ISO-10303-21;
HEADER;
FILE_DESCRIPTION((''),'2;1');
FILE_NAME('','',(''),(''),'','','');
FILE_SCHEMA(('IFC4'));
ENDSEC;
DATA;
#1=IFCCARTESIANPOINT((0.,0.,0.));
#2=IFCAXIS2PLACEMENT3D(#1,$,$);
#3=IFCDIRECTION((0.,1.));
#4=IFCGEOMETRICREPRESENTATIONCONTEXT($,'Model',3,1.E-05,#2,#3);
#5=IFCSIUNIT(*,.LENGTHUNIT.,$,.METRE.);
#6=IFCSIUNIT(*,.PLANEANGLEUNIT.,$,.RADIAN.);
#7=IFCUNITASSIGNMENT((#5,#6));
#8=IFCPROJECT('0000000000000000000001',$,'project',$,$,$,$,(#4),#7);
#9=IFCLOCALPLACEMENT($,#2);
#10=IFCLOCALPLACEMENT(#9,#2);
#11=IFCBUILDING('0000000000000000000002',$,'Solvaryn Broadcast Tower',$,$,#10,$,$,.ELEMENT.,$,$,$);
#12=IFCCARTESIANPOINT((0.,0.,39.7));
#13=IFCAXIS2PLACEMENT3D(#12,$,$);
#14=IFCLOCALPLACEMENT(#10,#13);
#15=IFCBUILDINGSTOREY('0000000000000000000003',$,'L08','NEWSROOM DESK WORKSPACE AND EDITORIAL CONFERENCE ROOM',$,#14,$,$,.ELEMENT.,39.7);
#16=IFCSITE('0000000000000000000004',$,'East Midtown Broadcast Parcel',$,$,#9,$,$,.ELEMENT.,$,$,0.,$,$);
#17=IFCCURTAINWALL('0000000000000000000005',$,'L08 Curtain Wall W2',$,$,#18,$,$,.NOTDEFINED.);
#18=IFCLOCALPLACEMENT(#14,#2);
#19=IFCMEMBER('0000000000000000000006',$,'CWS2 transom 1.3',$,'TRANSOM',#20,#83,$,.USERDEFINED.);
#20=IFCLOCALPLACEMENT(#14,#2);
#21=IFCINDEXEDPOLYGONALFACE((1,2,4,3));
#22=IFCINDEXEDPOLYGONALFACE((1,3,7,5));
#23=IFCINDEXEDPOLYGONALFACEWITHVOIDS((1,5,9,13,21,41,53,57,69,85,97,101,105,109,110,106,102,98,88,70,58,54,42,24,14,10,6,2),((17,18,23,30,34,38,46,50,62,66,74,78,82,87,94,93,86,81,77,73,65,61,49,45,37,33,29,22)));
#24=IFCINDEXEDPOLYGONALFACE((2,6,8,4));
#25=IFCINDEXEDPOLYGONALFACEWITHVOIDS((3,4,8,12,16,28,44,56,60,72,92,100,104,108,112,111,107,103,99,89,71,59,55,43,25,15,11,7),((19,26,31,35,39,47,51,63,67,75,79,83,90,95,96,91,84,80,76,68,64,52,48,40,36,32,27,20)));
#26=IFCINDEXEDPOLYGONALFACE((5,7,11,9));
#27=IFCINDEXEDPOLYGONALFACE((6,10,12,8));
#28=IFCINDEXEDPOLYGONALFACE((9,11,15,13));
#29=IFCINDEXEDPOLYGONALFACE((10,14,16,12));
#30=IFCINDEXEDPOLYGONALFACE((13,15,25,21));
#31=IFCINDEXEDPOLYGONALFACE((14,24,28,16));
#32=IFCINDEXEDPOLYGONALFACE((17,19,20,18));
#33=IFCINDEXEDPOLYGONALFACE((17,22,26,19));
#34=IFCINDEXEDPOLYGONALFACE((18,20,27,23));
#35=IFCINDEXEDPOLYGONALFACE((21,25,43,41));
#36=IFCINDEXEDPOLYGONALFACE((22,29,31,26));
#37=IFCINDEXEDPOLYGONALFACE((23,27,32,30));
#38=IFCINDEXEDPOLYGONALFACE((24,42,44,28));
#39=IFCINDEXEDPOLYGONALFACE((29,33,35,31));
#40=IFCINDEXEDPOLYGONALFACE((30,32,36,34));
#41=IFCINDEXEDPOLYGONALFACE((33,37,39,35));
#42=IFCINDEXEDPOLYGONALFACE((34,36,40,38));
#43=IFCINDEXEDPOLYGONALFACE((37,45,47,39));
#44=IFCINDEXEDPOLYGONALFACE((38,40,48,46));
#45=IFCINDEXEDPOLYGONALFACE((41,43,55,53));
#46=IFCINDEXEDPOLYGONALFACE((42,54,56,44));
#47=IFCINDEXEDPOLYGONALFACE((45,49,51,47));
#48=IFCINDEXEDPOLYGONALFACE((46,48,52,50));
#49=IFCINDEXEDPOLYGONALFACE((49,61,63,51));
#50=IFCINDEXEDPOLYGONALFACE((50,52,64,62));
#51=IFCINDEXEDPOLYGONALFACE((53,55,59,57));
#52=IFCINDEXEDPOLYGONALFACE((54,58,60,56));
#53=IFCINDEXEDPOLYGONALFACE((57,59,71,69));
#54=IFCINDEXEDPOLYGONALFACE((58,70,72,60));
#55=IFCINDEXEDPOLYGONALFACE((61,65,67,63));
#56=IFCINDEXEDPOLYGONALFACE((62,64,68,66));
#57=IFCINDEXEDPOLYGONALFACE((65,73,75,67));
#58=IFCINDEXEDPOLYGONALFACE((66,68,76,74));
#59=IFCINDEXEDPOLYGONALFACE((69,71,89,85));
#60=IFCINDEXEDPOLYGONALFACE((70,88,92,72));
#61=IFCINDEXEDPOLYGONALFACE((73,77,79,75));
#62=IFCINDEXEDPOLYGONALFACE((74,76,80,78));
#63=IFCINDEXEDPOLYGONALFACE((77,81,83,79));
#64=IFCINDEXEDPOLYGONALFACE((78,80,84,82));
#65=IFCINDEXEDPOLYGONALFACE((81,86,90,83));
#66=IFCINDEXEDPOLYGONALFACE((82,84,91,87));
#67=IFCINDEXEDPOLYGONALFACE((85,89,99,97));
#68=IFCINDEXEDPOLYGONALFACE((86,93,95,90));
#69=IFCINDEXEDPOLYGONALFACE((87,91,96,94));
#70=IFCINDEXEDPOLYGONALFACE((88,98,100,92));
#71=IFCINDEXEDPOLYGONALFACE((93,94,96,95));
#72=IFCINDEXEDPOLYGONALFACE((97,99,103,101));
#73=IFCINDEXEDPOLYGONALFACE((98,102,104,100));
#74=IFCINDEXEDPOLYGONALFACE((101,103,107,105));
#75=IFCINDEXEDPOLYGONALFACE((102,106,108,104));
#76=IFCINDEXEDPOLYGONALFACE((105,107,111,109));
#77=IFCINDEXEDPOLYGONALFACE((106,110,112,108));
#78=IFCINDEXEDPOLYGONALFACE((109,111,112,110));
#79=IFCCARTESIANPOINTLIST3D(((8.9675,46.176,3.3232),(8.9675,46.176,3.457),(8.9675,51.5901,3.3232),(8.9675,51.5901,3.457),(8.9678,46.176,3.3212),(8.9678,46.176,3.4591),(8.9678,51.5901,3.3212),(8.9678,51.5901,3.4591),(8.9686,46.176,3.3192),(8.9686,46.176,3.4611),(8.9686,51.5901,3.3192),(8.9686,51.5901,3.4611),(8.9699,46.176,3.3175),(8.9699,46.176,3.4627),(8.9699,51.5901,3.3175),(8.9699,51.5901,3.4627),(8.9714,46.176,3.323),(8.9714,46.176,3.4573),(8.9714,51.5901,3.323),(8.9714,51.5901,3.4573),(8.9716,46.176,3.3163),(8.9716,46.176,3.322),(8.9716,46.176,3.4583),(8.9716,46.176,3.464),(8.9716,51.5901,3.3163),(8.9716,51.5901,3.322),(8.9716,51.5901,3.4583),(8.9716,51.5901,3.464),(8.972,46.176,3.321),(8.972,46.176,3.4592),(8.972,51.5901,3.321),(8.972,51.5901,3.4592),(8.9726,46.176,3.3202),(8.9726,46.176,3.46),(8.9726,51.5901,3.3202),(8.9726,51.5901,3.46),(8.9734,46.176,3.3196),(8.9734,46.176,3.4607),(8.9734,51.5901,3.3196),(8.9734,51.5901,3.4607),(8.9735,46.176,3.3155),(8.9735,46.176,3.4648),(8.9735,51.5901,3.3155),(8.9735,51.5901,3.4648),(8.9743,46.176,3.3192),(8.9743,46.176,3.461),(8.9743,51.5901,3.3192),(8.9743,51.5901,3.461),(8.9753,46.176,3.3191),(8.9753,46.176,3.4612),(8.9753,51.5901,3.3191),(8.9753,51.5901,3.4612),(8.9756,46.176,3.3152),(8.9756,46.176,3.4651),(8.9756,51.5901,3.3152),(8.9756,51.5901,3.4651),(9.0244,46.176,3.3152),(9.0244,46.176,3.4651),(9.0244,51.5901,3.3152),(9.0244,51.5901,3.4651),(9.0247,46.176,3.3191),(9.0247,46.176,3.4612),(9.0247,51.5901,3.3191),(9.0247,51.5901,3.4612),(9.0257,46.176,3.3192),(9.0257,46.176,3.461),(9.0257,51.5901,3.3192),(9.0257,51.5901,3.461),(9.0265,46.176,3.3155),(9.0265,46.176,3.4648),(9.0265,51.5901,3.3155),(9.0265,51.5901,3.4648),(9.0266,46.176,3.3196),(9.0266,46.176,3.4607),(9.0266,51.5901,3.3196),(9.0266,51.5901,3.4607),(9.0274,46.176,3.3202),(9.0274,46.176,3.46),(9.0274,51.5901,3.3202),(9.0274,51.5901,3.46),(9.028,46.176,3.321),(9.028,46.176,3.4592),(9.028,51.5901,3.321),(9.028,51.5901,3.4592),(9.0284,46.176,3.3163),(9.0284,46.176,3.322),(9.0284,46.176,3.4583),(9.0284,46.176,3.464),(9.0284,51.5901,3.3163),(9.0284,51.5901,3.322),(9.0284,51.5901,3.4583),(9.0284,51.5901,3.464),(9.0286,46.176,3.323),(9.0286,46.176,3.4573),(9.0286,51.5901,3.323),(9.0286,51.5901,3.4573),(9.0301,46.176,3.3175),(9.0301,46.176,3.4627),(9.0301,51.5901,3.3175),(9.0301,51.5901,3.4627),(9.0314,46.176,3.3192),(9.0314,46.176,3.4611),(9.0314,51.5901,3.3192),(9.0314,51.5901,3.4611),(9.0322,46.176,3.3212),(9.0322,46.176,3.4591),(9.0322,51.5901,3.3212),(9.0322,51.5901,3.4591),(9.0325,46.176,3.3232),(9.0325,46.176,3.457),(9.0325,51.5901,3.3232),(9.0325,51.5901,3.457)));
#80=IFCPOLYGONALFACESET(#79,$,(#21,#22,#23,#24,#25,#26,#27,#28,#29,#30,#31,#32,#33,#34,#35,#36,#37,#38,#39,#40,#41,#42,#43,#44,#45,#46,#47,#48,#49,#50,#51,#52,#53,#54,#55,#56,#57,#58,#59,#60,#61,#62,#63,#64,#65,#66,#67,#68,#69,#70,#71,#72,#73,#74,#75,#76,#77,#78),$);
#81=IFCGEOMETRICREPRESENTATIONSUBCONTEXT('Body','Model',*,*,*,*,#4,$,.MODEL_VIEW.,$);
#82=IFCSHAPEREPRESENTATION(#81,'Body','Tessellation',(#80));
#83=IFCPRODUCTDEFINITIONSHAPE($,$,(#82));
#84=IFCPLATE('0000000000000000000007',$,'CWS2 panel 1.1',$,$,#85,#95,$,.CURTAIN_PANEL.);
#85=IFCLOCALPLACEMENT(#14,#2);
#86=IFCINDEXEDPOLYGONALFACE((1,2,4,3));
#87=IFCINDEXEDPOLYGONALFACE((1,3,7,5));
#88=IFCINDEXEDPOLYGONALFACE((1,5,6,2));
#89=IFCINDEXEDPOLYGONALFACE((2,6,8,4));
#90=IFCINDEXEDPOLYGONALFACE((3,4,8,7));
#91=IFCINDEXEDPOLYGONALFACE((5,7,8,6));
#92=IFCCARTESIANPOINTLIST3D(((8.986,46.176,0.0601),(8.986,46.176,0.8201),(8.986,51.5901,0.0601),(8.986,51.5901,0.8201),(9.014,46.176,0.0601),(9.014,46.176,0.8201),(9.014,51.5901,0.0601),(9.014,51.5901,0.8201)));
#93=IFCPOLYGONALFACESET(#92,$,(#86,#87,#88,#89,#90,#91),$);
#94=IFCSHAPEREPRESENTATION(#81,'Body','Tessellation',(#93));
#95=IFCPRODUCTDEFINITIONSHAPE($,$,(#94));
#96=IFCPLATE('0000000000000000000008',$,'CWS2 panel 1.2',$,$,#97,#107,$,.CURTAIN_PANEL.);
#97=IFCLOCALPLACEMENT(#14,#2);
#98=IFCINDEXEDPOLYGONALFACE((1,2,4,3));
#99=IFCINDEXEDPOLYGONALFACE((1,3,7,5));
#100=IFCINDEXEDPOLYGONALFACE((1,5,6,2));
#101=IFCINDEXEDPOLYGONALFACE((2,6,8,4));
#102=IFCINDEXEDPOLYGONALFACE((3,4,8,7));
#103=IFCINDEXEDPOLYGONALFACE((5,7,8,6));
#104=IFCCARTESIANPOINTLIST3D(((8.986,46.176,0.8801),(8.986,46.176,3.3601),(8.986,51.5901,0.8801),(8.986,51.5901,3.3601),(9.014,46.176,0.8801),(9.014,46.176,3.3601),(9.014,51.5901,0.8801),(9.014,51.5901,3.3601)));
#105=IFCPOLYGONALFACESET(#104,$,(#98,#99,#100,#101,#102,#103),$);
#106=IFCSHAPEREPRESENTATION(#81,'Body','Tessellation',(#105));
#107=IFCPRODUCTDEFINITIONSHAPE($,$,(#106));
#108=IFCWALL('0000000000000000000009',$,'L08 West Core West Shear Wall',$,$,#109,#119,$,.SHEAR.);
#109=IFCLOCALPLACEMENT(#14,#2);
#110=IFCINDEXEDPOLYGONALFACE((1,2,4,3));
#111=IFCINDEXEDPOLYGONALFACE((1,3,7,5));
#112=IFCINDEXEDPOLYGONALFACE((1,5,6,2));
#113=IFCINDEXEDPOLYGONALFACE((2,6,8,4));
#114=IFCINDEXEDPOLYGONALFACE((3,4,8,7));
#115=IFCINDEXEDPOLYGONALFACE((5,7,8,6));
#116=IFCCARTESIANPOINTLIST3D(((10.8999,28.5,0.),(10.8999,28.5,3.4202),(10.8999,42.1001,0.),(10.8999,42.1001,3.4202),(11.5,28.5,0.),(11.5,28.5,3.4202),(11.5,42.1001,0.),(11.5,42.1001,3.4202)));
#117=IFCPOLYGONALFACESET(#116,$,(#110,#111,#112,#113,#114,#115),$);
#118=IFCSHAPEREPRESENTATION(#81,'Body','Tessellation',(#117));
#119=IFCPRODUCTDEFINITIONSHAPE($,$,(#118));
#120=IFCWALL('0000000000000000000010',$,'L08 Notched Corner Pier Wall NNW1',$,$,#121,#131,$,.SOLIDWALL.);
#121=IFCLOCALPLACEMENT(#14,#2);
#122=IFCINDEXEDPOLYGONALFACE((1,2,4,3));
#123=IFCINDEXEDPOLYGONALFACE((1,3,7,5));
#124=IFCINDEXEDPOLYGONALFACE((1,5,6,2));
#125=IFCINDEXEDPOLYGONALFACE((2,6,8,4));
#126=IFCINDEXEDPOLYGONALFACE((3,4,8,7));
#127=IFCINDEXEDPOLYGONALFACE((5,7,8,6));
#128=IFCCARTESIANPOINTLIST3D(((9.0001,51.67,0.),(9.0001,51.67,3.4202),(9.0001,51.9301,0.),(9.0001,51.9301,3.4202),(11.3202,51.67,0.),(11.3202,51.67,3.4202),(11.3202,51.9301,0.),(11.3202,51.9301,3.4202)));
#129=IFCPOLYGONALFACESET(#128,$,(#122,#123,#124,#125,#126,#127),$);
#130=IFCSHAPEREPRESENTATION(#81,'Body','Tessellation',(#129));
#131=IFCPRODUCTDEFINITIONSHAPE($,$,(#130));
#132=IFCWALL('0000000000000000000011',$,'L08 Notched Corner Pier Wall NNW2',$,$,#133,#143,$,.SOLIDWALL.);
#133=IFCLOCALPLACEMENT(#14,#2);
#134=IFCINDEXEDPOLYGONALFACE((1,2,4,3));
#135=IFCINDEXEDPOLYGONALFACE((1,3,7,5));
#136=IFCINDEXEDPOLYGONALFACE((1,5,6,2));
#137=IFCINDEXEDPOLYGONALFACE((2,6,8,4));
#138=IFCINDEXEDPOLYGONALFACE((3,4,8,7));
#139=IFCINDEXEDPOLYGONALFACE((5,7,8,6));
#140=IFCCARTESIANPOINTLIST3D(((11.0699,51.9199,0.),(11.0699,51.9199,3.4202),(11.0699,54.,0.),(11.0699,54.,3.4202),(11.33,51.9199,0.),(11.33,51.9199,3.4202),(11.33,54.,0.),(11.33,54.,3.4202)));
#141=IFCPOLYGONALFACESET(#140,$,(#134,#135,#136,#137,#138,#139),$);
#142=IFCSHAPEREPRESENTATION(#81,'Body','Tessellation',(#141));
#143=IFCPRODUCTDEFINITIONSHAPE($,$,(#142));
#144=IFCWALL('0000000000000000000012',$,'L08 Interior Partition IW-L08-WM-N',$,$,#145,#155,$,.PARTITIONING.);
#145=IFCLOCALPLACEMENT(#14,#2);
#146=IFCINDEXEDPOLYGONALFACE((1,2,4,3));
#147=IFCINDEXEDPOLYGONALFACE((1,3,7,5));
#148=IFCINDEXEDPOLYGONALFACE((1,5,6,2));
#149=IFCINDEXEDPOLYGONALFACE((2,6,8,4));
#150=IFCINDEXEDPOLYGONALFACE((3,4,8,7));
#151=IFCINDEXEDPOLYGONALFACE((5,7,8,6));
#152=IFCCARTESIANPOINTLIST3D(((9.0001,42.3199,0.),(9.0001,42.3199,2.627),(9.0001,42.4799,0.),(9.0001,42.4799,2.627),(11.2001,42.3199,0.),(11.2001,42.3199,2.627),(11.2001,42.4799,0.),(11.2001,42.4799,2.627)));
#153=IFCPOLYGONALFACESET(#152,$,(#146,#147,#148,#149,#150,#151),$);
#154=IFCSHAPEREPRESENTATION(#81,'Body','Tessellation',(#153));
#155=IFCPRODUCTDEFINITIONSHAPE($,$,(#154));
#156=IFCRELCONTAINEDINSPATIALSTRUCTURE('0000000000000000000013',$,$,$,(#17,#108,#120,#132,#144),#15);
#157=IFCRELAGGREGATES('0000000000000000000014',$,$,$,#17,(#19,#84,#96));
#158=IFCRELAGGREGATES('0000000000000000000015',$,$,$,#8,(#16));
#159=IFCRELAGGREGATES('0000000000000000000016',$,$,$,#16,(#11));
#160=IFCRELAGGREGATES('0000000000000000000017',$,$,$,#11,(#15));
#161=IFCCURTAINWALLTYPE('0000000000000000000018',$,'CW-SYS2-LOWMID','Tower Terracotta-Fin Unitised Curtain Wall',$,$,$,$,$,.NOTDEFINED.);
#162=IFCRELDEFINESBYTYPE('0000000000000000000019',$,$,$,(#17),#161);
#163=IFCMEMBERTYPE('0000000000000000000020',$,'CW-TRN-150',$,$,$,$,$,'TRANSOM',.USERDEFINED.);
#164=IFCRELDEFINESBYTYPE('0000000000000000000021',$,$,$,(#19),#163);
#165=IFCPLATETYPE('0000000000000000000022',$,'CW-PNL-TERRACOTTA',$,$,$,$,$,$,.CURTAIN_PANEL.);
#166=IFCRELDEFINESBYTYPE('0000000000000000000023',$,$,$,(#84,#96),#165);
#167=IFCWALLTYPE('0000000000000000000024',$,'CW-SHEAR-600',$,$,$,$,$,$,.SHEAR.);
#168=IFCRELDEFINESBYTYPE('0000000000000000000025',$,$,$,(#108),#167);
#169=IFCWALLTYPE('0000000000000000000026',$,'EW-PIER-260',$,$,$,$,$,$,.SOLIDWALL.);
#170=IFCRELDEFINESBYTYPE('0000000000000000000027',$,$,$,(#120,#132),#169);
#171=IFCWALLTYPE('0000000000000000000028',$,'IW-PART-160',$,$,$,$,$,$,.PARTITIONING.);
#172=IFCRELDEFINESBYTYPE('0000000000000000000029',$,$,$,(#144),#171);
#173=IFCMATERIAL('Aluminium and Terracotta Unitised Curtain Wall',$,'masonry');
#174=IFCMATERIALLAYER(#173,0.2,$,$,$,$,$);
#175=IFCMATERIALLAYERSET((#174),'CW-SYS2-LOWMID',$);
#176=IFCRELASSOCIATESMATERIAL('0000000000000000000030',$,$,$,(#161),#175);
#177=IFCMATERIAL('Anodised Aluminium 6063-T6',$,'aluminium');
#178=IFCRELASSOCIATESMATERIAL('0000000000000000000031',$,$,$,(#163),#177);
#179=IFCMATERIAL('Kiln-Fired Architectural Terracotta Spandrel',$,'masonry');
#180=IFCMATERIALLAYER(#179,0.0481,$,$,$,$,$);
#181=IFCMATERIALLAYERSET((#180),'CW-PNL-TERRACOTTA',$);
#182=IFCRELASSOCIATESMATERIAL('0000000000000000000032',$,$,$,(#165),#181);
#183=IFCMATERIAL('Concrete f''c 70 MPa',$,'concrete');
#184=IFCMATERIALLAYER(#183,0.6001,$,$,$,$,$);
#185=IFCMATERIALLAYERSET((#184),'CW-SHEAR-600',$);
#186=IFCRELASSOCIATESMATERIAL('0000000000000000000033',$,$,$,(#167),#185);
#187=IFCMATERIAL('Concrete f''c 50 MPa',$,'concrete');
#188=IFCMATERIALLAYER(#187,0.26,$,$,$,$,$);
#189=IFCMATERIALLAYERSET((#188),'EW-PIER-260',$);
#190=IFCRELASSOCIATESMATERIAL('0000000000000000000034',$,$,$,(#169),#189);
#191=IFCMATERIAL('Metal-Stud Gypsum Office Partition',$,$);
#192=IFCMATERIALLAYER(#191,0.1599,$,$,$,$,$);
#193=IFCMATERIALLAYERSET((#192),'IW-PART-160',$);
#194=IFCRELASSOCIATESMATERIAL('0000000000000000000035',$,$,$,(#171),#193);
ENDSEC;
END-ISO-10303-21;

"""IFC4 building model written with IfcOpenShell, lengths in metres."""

from ifc_helpers import new_model, si_unit, direction, frame, frame_2d, origin, origin_2d, place, context, subcontext, project, spatial, rectangle, hollow_rectangle, extrude, material, layer, layer_set, material_profile, profile_set, type_object, element, aggregate, save


model = new_model("IFC4")

# Units and contexts
model_context = context("Model", 3, precision=1e-05, world=origin(), true_north=direction((0.0, 1.0)))
body_context = subcontext(model_context, "Body", "Model", "MODEL_VIEW")
ifc_project = project(units=[si_unit("LENGTHUNIT", "METRE"), si_unit("PLANEANGLEUNIT", "RADIAN")], contexts=[model_context])

# Site, building, storey
site_placement = place(None, origin())
site = spatial("IfcSite", under=ifc_project, at=site_placement, Name="East Midtown Broadcast Parcel", CompositionType="ELEMENT", RefElevation=0.0)
building_placement = place(site_placement, origin())
building = spatial("IfcBuilding", under=site, at=building_placement, Name="Solvaryn Broadcast Tower", CompositionType="ELEMENT")
storey_placement = place(building_placement, frame((0.0, 0.0, 39.7)))
storey = spatial("IfcBuildingStorey", under=building, at=storey_placement, Name="L08", Description="NEWSROOM DESK WORKSPACE AND EDITORIAL CONFERENCE ROOM", CompositionType="ELEMENT", Elevation=39.7)

# Shared definitions
ifc_material_1 = material(Name="Aluminium and Terracotta Unitised Curtain Wall", Category="masonry")
ifc_layer_1 = layer(ifc_material_1, 0.2)
ifc_layer_set_1 = layer_set([ifc_layer_1], Name="CW-SYS2-LOWMID")
curtain_wall_type = type_object("IfcCurtainWallType", Name="CW-SYS2-LOWMID", Description="Tower Terracotta-Fin Unitised Curtain Wall", PredefinedType="NOTDEFINED", material=ifc_layer_set_1)

# Curtain wall
curtain_wall_1_placement = place(storey_placement, origin())
curtain_wall_1 = element("IfcCurtainWall", 1, at=curtain_wall_1_placement, inside=storey, type_object=curtain_wall_type, Name="L08 Curtain Wall W2", PredefinedType="NOTDEFINED")

# Member
ifc_material_2 = material(Name="Anodised Aluminium 6063-T6", Category="aluminium")
ifc_material_profile_1 = material_profile(ifc_material_2, hollow_rectangle(XDim=0.0649, YDim=0.1499, WallThickness=0.0039, InnerFilletRadius=0.0039, OuterFilletRadius=0.0081, at=origin_2d()))
ifc_profile_set_1 = profile_set([ifc_material_profile_1], Name="Anodised Aluminium 6063-T6")
member_type_1 = type_object("IfcMemberType", Name="CW-TRN-150", ElementType="TRANSOM", PredefinedType="USERDEFINED", material=ifc_profile_set_1)
member_1_placement = place(storey_placement, frame((9.0, 46.176, 3.3901), z_axis=(0.0, 1.0, 0.0), x_axis=(-1.0, 0.0, 0.0)))
member_1 = element("IfcMember", 2, at=member_1_placement, type_object=member_type_1, Name="CWS2 transom 1.3", ObjectType="TRANSOM", PredefinedType="USERDEFINED", context=body_context, shape_type="SweptSolid", body=[
    extrude(hollow_rectangle(XDim=0.0649, YDim=0.1499, WallThickness=0.0039, InnerFilletRadius=0.0039, OuterFilletRadius=0.0081, at=origin_2d()), origin(), (0.0, 0.0, 1.0), 5.4141),
])

# Plates
ifc_material_3 = material(Name="Kiln-Fired Architectural Terracotta Spandrel", Category="masonry")
ifc_layer_2 = layer(ifc_material_3, 0.0481)
ifc_layer_set_2 = layer_set([ifc_layer_2], Name="CW-PNL-TERRACOTTA")
plate_type = type_object("IfcPlateType", Name="CW-PNL-TERRACOTTA", PredefinedType="CURTAIN_PANEL", material=ifc_layer_set_2)
plate_1_placement = place(storey_placement, frame((9.0, 48.8831, 0.0601), z_axis=(0.0, 0.0, 1.0), x_axis=(0.0, 1.0, 0.0)))
plate_1 = element("IfcPlate", 3, at=plate_1_placement, type_object=plate_type, Name="CWS2 panel 1.1", PredefinedType="CURTAIN_PANEL", context=body_context, shape_type="SweptSolid", body=[
    extrude(rectangle(XDim=5.4141, YDim=0.0281, at=origin_2d()), origin(), (0.0, 0.0, 1.0), 0.76),
])
plate_2_placement = place(storey_placement, frame((9.0, 48.8831, 0.8801), z_axis=(0.0, 0.0, 1.0), x_axis=(0.0, 1.0, 0.0)))
plate_2 = element("IfcPlate", 4, at=plate_2_placement, type_object=plate_type, Name="CWS2 panel 1.2", PredefinedType="CURTAIN_PANEL", context=body_context, shape_type="SweptSolid", body=[
    extrude(rectangle(XDim=5.4141, YDim=0.0281, at=origin_2d()), origin(), (0.0, 0.0, 1.0), 2.48),
])
aggregate(curtain_wall_1, [member_1, plate_1, plate_2])

# Walls
ifc_material_4 = material(Name="Concrete f'c 70 MPa", Category="concrete")
ifc_layer_3 = layer(ifc_material_4, 0.6001)
ifc_layer_set_3 = layer_set([ifc_layer_3], Name="CW-SHEAR-600")
wall_type_1 = type_object("IfcWallType", Name="CW-SHEAR-600", PredefinedType="SHEAR", material=ifc_layer_set_3)
wall_1_placement = place(storey_placement, frame((11.2, 42.1001, 0.0), z_axis=(0.0, 0.0, 1.0), x_axis=(0.0, -1.0, 0.0)))
element("IfcWall", 5, at=wall_1_placement, inside=storey, type_object=wall_type_1, Name="L08 West Core West Shear Wall", PredefinedType="SHEAR", context=body_context, shape_type="SweptSolid", body=[
    extrude(rectangle(XDim=13.6001, YDim=0.6001, at=frame_2d((6.8, 0.0))), origin(), (0.0, 0.0, 1.0), 3.4202),
])
ifc_material_5 = material(Name="Concrete f'c 50 MPa", Category="concrete")
ifc_layer_4 = layer(ifc_material_5, 0.26)
ifc_layer_set_4 = layer_set([ifc_layer_4], Name="EW-PIER-260")
wall_type_2 = type_object("IfcWallType", Name="EW-PIER-260", PredefinedType="SOLIDWALL", material=ifc_layer_set_4)
wall_2_placement = place(storey_placement, frame((9.0, 51.8, 0.0), z_axis=(0.0, 0.0, 1.0), x_axis=(1.0, 0.0, 0.0)))
element("IfcWall", 6, at=wall_2_placement, inside=storey, type_object=wall_type_2, Name="L08 Notched Corner Pier Wall NNW1", PredefinedType="SOLIDWALL", context=body_context, shape_type="SweptSolid", body=[
    extrude(rectangle(XDim=2.3201, YDim=0.26, at=frame_2d((1.1602, 0.0))), origin(), (0.0, 0.0, 1.0), 3.4202),
])
wall_3_placement = place(storey_placement, frame((11.2, 51.9199, 0.0), z_axis=(0.0, 0.0, 1.0), x_axis=(0.0, 1.0, 0.0)))
element("IfcWall", 7, at=wall_3_placement, inside=storey, type_object=wall_type_2, Name="L08 Notched Corner Pier Wall NNW2", PredefinedType="SOLIDWALL", context=body_context, shape_type="SweptSolid", body=[
    extrude(rectangle(XDim=2.0801, YDim=0.26, at=frame_2d((1.04, 0.0))), origin(), (0.0, 0.0, 1.0), 3.4202),
])
ifc_material_6 = material(Name="Metal-Stud Gypsum Office Partition")
ifc_layer_5 = layer(ifc_material_6, 0.1599)
ifc_layer_set_5 = layer_set([ifc_layer_5], Name="IW-PART-160")
wall_type_3 = type_object("IfcWallType", Name="IW-PART-160", PredefinedType="PARTITIONING", material=ifc_layer_set_5)
wall_4_placement = place(storey_placement, frame((9.0, 42.3999, 0.0), z_axis=(0.0, 0.0, 1.0), x_axis=(1.0, 0.0, 0.0)))
element("IfcWall", 8, at=wall_4_placement, inside=storey, type_object=wall_type_3, Name="L08 Interior Partition IW-L08-WM-N", PredefinedType="PARTITIONING", context=body_context, shape_type="SweptSolid", body=[
    extrude(rectangle(XDim=2.2, YDim=0.1599, at=frame_2d((1.1001, 0.0))), origin(), (0.0, 0.0, 1.0), 2.627),
])

save(model, "model.ifc")
